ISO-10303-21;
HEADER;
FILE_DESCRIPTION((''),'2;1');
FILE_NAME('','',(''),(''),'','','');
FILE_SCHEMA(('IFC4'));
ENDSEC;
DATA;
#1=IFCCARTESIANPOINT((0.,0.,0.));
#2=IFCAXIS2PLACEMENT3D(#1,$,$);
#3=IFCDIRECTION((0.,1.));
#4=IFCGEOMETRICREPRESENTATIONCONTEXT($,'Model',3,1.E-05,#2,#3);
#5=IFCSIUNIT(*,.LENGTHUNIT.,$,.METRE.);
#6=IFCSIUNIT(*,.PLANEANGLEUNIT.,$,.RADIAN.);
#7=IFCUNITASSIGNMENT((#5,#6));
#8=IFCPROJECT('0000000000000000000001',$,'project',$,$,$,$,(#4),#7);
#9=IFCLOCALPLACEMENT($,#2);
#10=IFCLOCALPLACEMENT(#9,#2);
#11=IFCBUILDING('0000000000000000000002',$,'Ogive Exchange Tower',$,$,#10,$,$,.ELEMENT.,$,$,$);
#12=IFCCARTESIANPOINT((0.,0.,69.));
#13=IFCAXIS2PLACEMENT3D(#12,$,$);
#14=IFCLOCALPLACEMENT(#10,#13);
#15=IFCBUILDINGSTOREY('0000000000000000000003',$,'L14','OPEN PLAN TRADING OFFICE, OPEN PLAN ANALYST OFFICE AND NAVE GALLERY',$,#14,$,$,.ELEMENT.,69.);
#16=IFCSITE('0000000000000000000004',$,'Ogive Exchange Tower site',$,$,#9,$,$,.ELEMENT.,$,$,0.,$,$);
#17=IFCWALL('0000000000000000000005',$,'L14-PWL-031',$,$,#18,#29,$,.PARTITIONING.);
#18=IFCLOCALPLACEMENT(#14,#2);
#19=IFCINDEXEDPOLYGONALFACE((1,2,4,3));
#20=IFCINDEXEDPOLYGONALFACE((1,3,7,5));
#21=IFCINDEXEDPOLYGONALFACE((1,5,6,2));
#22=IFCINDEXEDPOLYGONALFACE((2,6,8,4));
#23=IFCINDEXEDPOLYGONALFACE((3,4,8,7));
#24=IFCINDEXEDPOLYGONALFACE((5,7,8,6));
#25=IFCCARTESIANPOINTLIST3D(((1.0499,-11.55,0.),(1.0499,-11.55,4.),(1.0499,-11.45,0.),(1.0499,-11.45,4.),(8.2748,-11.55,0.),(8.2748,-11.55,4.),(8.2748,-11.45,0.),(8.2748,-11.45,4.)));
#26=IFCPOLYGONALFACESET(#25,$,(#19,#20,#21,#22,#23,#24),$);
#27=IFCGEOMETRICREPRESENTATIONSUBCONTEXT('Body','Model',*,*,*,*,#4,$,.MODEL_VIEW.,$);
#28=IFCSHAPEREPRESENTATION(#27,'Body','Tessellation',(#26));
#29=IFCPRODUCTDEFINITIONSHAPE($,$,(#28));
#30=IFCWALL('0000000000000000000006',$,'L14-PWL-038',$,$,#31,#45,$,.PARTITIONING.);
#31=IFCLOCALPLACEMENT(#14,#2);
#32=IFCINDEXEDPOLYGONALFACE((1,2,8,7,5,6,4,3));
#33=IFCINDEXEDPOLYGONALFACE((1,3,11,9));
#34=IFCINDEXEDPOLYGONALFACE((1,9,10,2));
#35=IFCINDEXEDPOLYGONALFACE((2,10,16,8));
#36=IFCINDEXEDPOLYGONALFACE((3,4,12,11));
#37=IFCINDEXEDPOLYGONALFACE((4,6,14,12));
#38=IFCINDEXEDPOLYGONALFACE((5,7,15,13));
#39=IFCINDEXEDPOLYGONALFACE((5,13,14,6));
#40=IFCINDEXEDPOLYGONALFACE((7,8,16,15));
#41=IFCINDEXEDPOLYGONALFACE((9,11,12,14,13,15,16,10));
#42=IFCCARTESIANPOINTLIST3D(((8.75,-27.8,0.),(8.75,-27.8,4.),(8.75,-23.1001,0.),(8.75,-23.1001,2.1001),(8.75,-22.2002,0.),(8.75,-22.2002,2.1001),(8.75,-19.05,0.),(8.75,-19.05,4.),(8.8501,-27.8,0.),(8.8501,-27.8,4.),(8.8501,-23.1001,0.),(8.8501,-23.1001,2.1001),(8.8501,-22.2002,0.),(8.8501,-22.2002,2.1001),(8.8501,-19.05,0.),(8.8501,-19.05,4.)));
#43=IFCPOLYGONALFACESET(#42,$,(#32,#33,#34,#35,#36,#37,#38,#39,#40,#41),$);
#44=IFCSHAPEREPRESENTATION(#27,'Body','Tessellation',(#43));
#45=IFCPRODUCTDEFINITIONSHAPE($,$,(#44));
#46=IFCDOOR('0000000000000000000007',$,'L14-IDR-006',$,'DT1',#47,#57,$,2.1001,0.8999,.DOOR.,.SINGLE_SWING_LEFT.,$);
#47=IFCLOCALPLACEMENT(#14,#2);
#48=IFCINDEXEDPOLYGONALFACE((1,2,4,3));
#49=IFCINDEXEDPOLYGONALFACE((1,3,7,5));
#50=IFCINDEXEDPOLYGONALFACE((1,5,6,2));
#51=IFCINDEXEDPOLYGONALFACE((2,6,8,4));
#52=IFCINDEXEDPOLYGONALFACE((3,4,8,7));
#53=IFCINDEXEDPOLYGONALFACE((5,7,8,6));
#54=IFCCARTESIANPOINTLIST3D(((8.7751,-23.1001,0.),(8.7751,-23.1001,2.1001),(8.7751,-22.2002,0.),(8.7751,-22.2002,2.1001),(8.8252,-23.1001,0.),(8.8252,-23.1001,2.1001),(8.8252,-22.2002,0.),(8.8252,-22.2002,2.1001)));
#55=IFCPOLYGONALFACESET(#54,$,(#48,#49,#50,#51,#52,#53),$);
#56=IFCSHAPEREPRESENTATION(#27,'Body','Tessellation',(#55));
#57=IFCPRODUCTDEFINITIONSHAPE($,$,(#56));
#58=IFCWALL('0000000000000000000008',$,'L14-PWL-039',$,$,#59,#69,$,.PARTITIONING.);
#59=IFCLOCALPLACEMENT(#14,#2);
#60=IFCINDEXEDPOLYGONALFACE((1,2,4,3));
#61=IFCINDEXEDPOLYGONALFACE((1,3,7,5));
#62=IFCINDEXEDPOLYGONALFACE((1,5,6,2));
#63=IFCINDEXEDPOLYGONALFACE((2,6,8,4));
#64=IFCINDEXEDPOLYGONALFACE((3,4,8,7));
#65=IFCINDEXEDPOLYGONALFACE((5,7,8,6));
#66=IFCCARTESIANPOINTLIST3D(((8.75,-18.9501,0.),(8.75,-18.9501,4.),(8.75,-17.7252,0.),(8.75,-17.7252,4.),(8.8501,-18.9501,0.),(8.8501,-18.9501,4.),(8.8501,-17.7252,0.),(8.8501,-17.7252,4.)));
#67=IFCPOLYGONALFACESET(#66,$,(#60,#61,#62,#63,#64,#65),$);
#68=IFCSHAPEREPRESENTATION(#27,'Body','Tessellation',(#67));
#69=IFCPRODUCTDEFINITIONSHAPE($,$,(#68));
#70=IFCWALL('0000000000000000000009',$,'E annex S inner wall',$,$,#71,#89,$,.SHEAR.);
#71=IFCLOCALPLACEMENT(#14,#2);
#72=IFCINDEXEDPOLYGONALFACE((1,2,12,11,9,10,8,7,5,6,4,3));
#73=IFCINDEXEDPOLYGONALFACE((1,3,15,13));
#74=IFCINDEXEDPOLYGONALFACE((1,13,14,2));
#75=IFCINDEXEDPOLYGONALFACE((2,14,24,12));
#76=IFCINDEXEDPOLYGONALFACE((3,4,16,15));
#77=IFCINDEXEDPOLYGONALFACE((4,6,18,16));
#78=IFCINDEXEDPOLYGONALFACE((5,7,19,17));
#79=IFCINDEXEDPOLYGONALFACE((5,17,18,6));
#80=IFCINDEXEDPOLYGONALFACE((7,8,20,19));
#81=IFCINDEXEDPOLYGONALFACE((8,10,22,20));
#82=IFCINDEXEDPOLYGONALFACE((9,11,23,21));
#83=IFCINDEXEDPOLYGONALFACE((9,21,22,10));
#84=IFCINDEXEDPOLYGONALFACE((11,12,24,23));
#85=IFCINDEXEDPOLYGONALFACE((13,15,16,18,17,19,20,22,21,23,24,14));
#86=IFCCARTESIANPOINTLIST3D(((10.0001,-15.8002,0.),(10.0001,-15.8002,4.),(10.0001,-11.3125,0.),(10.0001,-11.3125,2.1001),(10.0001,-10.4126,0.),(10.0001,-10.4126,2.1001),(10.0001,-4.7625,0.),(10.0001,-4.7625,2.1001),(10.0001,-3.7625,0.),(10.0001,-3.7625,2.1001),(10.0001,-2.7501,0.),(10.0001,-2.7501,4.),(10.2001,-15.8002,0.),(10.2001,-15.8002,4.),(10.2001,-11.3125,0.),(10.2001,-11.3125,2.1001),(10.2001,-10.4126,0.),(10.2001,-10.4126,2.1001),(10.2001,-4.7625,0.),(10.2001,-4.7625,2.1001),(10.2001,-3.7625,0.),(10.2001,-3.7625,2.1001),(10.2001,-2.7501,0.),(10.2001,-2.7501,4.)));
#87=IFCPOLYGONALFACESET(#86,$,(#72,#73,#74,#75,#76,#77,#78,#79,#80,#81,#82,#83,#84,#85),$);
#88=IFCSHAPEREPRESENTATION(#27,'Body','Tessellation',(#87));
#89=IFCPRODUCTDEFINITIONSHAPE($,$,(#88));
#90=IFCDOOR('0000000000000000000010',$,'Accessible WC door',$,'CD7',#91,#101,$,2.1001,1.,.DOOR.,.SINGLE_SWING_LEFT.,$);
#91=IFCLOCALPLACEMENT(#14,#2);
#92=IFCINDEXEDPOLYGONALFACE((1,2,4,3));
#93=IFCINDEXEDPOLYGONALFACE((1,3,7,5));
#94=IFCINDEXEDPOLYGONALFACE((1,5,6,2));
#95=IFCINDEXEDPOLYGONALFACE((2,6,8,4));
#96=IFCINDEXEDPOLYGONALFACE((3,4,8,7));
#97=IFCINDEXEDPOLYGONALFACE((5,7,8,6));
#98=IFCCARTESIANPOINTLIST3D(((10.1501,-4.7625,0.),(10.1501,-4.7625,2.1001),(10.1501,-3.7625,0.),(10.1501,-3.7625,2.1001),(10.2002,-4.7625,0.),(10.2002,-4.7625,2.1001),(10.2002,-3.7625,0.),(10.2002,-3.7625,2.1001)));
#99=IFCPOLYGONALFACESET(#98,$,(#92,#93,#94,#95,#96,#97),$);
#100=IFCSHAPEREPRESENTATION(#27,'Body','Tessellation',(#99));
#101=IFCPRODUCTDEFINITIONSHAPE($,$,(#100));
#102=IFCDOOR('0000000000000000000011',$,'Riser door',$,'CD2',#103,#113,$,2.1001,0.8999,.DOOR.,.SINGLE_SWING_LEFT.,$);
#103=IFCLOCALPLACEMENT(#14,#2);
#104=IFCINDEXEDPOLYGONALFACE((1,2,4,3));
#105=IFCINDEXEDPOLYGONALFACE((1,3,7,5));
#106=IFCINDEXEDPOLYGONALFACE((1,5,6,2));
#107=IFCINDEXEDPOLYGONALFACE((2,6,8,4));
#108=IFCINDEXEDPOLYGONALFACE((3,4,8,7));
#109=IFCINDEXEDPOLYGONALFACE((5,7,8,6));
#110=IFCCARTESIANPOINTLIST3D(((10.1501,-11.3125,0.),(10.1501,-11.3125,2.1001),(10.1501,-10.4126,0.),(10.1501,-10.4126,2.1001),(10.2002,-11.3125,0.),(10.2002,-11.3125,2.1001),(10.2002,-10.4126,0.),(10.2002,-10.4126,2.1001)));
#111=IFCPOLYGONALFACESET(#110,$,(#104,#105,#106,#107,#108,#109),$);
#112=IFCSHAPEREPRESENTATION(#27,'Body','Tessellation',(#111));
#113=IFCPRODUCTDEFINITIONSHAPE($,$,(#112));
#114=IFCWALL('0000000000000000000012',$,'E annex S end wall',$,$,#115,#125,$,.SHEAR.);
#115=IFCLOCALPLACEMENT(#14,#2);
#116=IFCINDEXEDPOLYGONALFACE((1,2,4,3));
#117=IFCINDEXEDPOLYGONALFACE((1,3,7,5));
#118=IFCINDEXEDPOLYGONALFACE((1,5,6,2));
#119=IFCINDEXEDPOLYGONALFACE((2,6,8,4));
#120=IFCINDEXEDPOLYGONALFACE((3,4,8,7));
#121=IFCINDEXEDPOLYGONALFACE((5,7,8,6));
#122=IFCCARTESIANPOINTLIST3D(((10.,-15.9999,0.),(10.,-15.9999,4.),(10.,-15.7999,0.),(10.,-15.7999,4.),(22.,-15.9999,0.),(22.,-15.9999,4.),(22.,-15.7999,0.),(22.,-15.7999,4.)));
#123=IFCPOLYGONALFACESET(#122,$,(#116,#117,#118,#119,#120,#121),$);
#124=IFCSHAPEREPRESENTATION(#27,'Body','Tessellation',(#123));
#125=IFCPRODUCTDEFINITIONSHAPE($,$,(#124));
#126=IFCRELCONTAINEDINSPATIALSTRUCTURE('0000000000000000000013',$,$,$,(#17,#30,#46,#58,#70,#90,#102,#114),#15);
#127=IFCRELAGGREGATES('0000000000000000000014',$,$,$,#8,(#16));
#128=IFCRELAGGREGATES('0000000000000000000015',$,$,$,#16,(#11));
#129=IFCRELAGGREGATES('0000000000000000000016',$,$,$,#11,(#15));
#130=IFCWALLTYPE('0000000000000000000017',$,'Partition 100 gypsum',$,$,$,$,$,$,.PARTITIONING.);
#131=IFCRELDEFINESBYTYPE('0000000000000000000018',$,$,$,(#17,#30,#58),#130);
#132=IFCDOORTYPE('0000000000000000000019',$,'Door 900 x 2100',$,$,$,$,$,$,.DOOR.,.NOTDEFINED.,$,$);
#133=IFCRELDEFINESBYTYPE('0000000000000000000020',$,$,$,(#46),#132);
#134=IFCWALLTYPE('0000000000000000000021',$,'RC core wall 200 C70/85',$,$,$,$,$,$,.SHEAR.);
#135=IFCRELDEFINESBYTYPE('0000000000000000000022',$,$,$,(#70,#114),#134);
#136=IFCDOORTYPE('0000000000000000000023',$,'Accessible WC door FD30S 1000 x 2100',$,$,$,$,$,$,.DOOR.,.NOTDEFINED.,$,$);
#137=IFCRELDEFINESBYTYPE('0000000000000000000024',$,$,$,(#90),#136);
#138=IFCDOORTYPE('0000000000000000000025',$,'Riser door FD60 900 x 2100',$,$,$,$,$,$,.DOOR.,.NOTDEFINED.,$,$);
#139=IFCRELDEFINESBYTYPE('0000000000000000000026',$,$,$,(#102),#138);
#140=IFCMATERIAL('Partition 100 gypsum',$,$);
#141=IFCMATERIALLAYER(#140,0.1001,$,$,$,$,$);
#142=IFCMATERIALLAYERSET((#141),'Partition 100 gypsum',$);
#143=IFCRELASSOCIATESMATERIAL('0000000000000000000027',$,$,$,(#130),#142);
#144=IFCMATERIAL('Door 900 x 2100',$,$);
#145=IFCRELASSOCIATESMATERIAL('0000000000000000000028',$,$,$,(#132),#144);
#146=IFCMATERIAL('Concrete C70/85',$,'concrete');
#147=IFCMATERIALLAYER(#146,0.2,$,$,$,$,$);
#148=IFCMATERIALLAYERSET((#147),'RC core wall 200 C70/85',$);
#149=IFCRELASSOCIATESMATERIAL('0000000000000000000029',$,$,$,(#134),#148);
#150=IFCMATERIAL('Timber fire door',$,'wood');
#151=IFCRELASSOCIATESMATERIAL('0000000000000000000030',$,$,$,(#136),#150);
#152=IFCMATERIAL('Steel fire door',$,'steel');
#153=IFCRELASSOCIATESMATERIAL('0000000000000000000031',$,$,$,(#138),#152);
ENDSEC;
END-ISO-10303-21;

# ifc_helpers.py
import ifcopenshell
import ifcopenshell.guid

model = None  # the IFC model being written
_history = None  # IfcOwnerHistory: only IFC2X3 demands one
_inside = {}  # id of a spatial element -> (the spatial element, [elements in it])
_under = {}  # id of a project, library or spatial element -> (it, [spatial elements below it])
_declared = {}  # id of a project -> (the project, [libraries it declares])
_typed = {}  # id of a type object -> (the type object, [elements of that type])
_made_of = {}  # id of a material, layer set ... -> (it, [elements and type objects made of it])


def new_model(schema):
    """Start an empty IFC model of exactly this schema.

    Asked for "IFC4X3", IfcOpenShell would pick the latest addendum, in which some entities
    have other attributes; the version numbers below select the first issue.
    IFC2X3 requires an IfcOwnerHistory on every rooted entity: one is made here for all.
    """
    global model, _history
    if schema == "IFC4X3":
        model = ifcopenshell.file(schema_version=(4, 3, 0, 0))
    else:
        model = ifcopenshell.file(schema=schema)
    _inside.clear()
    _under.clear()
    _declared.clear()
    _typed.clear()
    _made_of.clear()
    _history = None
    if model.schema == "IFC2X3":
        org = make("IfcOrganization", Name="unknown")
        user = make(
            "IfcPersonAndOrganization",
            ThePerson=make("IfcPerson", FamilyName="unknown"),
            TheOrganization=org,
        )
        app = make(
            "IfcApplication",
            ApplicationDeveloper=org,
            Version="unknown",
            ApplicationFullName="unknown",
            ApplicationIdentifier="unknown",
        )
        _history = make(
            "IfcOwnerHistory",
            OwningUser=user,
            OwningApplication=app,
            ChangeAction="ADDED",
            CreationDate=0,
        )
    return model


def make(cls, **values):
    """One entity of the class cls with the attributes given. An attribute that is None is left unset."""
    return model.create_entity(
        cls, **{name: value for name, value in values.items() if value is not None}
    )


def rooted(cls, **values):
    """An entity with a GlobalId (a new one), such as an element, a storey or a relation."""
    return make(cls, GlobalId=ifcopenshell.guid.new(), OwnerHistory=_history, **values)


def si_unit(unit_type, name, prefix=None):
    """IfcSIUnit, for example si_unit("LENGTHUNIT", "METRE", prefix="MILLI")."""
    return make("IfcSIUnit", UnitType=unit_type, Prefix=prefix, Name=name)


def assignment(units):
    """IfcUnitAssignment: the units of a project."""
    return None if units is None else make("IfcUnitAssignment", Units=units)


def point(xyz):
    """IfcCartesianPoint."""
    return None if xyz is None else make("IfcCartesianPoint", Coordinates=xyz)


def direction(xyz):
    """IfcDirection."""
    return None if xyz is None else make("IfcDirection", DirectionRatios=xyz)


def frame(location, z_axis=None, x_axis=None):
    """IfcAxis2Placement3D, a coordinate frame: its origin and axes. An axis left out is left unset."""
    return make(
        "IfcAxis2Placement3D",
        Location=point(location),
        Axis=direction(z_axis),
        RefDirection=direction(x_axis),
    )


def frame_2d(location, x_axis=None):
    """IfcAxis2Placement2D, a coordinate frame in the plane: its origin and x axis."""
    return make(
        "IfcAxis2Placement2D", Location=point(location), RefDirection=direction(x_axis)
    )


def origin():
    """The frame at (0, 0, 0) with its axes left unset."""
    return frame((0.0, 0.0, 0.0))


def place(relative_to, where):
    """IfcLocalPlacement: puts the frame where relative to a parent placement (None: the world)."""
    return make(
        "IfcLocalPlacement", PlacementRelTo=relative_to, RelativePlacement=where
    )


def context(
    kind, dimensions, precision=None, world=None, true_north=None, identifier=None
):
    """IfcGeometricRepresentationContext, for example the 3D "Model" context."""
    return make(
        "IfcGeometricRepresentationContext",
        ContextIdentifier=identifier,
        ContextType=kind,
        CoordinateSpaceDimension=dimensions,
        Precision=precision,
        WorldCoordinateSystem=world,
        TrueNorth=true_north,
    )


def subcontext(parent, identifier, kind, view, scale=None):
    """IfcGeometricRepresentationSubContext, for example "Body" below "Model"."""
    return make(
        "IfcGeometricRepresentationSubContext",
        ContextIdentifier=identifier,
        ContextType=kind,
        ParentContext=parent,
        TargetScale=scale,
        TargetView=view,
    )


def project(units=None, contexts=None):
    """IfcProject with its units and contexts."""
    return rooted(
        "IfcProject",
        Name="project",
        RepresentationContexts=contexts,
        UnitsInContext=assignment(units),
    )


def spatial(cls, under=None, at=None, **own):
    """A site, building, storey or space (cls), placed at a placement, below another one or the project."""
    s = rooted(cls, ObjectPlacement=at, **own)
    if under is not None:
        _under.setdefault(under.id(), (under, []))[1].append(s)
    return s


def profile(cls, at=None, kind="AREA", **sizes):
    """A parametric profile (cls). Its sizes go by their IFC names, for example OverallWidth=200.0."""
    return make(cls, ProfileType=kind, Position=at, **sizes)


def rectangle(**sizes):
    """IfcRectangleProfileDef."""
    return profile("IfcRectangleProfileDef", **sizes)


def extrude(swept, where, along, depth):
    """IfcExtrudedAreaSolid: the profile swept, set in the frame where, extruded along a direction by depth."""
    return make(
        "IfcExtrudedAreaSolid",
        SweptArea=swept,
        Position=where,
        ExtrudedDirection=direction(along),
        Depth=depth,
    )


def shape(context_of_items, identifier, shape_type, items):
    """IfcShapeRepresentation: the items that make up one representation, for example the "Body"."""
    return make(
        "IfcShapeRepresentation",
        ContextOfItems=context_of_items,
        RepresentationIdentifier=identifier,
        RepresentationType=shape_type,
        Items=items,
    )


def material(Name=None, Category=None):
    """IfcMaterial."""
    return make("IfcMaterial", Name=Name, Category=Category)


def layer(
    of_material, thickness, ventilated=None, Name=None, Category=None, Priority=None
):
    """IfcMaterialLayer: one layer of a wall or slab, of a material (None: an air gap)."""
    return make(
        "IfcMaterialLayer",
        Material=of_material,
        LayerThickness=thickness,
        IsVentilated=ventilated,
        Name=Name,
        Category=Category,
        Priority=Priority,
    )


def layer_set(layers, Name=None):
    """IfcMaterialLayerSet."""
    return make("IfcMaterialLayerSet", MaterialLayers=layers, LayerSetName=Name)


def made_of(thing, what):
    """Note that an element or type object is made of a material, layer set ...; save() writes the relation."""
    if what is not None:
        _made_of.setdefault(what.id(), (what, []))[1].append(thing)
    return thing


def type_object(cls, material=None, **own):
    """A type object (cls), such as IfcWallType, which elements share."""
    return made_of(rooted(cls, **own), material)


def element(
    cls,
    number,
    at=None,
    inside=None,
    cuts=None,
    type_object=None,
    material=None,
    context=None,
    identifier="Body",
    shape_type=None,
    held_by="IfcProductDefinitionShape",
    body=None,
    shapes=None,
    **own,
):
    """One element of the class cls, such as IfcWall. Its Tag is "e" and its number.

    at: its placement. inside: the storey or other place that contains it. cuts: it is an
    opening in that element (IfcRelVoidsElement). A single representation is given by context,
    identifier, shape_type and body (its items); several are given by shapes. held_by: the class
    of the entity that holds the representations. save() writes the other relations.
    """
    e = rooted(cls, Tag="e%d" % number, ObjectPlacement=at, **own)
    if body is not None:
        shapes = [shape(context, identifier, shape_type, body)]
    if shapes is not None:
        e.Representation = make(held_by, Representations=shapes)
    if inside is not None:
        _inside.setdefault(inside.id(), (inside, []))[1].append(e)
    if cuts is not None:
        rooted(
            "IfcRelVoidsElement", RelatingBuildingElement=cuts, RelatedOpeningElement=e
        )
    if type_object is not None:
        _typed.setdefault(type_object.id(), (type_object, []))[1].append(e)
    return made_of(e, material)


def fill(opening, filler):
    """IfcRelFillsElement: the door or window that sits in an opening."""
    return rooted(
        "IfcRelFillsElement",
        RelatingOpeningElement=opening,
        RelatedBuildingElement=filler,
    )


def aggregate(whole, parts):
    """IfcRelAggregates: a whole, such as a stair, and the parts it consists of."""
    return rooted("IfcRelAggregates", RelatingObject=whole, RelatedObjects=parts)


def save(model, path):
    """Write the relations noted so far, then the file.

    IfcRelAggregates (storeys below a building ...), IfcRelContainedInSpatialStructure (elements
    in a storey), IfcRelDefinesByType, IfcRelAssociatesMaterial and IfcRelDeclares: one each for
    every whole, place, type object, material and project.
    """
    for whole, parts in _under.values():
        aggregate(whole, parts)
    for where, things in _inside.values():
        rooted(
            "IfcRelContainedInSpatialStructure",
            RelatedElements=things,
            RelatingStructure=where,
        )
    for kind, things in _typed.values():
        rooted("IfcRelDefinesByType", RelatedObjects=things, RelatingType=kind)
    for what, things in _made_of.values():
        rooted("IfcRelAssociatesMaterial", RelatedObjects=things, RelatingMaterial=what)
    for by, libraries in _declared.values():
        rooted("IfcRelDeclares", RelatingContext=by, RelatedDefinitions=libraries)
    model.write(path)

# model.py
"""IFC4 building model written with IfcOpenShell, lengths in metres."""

from ifc_helpers import new_model, si_unit, direction, frame, frame_2d, origin, place, context, subcontext, project, spatial, rectangle, extrude, material, layer, layer_set, type_object, element, fill, save


model = new_model("IFC4")

# Units and contexts
model_context = context("Model", 3, precision=1e-05, world=origin(), true_north=direction((0.0, 1.0)))
body_context = subcontext(model_context, "Body", "Model", "MODEL_VIEW")
ifc_project = project(units=[si_unit("LENGTHUNIT", "METRE"), si_unit("PLANEANGLEUNIT", "RADIAN")], contexts=[model_context])

# Site, building, storey
site_placement = place(None, origin())
site = spatial("IfcSite", under=ifc_project, at=site_placement, Name="Ogive Exchange Tower site", CompositionType="ELEMENT", RefElevation=0.0)
building_placement = place(site_placement, origin())
building = spatial("IfcBuilding", under=site, at=building_placement, Name="Ogive Exchange Tower", CompositionType="ELEMENT")
storey_placement = place(building_placement, frame((0.0, 0.0, 69.0)))
storey = spatial("IfcBuildingStorey", under=building, at=storey_placement, Name="L14", Description="OPEN PLAN TRADING OFFICE, OPEN PLAN ANALYST OFFICE AND NAVE GALLERY", CompositionType="ELEMENT", Elevation=69.0)

# Wall
ifc_material_1 = material(Name="Partition 100 gypsum")
ifc_layer_1 = layer(ifc_material_1, 0.1001)
ifc_layer_set_1 = layer_set([ifc_layer_1], Name="Partition 100 gypsum")
wall_type_1 = type_object("IfcWallType", Name="Partition 100 gypsum", PredefinedType="PARTITIONING", material=ifc_layer_set_1)
wall_1_placement = place(storey_placement, frame((1.05, -11.5, 0.0), z_axis=(0.0, 0.0, 1.0), x_axis=(1.0, 0.0, 0.0)))
element("IfcWall", 1, at=wall_1_placement, inside=storey, type_object=wall_type_1, Name="L14-PWL-031", PredefinedType="PARTITIONING", context=body_context, shape_type="SweptSolid", body=[
    extrude(rectangle(XDim=7.2249, YDim=0.1001, at=frame_2d((3.6123, 0.0))), origin(), (0.0, 0.0, 1.0), 4.0),
])

# Wall, opening, door
wall_2_placement = place(storey_placement, frame((8.8, -27.8, 0.0), z_axis=(0.0, 0.0, 1.0), x_axis=(0.0, 1.0, 0.0)))
wall_2 = element("IfcWall", 2, at=wall_2_placement, inside=storey, type_object=wall_type_1, Name="L14-PWL-038", PredefinedType="PARTITIONING", context=body_context, shape_type="SweptSolid", body=[
    extrude(rectangle(XDim=8.75, YDim=0.1001, at=frame_2d((4.375, 0.0))), origin(), (0.0, 0.0, 1.0), 4.0),
])
opening_1_placement = place(wall_2_placement, frame((4.7, 0.0, 0.0)))
opening_1 = element("IfcOpeningElement", 3, at=opening_1_placement, cuts=wall_2, PredefinedType="OPENING", context=body_context, shape_type="SweptSolid", body=[
    extrude(rectangle(XDim=0.8999, YDim=2.1001, at=frame_2d((0.45, 1.05))), frame((0.0, 0.0601, 0.0), z_axis=(0.0, -1.0, 0.0), x_axis=(1.0, 0.0, 0.0)), (0.0, 0.0, 1.0), 0.1201),
])
ifc_material_2 = material(Name="Door 900 x 2100")
door_type_1 = type_object("IfcDoorType", Name="Door 900 x 2100", OperationType="NOTDEFINED", PredefinedType="DOOR", material=ifc_material_2)
door_1_placement = place(opening_1_placement, origin())
door_1 = element("IfcDoor", 4, at=door_1_placement, inside=storey, type_object=door_type_1, Name="L14-IDR-006", ObjectType="DT1", OperationType="SINGLE_SWING_LEFT", OverallHeight=2.1001, OverallWidth=0.8999, PredefinedType="DOOR", context=body_context, shape_type="SweptSolid", body=[
    extrude(rectangle(XDim=0.8999, YDim=2.1001, at=frame_2d((0.45, 1.05))), frame((0.0, 0.0249, 0.0), z_axis=(0.0, -1.0, 0.0), x_axis=(1.0, 0.0, 0.0)), (0.0, 0.0, 1.0), 0.05),
])
fill(opening_1, door_1)

# Wall
wall_3_placement = place(storey_placement, frame((8.8, -18.95, 0.0), z_axis=(0.0, 0.0, 1.0), x_axis=(0.0, 1.0, 0.0)))
element("IfcWall", 5, at=wall_3_placement, inside=storey, type_object=wall_type_1, Name="L14-PWL-039", PredefinedType="PARTITIONING", context=body_context, shape_type="SweptSolid", body=[
    extrude(rectangle(XDim=1.2249, YDim=0.1001, at=frame_2d((0.6123, 0.0))), origin(), (0.0, 0.0, 1.0), 4.0),
])

# Wall, openings, doors
ifc_material_3 = material(Name="Concrete C70/85", Category="concrete")
ifc_layer_2 = layer(ifc_material_3, 0.2)
ifc_layer_set_2 = layer_set([ifc_layer_2], Name="RC core wall 200 C70/85")
wall_type_2 = type_object("IfcWallType", Name="RC core wall 200 C70/85", PredefinedType="SHEAR", material=ifc_layer_set_2)
wall_4_placement = place(storey_placement, frame((10.1001, -15.8, 0.0), z_axis=(0.0, 0.0, 1.0), x_axis=(0.0, 1.0, 0.0)))
wall_4 = element("IfcWall", 6, at=wall_4_placement, inside=storey, type_object=wall_type_2, Name="E annex S inner wall", PredefinedType="SHEAR", context=body_context, shape_type="SweptSolid", body=[
    extrude(rectangle(XDim=13.05, YDim=0.2, at=frame_2d((6.5249, 0.0))), origin(), (0.0, 0.0, 1.0), 4.0),
])
opening_2_placement = place(wall_4_placement, frame((4.4875, 0.0, 0.0)))
opening_2 = element("IfcOpeningElement", 7, at=opening_2_placement, cuts=wall_4, PredefinedType="OPENING", context=body_context, shape_type="SweptSolid", body=[
    extrude(rectangle(XDim=0.8999, YDim=2.1001, at=frame_2d((0.45, 1.05))), frame((0.0, 0.1099, 0.0), z_axis=(0.0, -1.0, 0.0), x_axis=(1.0, 0.0, 0.0)), (0.0, 0.0, 1.0), 0.22),
])
opening_3_placement = place(wall_4_placement, frame((11.0376, 0.0, 0.0)))
opening_3 = element("IfcOpeningElement", 8, at=opening_3_placement, cuts=wall_4, PredefinedType="OPENING", context=body_context, shape_type="SweptSolid", body=[
    extrude(rectangle(XDim=1.0, YDim=2.1001, at=frame_2d((0.5, 1.05))), frame((0.0, 0.1099, 0.0), z_axis=(0.0, -1.0, 0.0), x_axis=(1.0, 0.0, 0.0)), (0.0, 0.0, 1.0), 0.22),
])
ifc_material_4 = material(Name="Timber fire door", Category="wood")
door_type_2 = type_object("IfcDoorType", Name="Accessible WC door FD30S 1000 x 2100", OperationType="NOTDEFINED", PredefinedType="DOOR", material=ifc_material_4)
door_2_placement = place(opening_3_placement, frame((1.0, -0.1499, 0.0), z_axis=(0.0, 0.0, 1.0), x_axis=(-1.0, 0.0, 0.0)))
door_2 = element("IfcDoor", 9, at=door_2_placement, inside=storey, type_object=door_type_2, Name="Accessible WC door", ObjectType="CD7", OperationType="SINGLE_SWING_LEFT", OverallHeight=2.1001, OverallWidth=1.0, PredefinedType="DOOR", context=body_context, shape_type="SweptSolid", body=[
    extrude(rectangle(XDim=1.0, YDim=2.1001, at=frame_2d((0.5, 1.05))), frame((0.0, -0.0498, 0.0), z_axis=(0.0, -1.0, 0.0), x_axis=(1.0, 0.0, 0.0)), (0.0, 0.0, 1.0), 0.05),
])
fill(opening_3, door_2)
ifc_material_5 = material(Name="Steel fire door", Category="steel")
door_type_3 = type_object("IfcDoorType", Name="Riser door FD60 900 x 2100", OperationType="NOTDEFINED", PredefinedType="DOOR", material=ifc_material_5)
door_3_placement = place(opening_2_placement, frame((0.8999, -0.1499, 0.0), z_axis=(0.0, 0.0, 1.0), x_axis=(-1.0, 0.0, 0.0)))
door_3 = element("IfcDoor", 10, at=door_3_placement, inside=storey, type_object=door_type_3, Name="Riser door", ObjectType="CD2", OperationType="SINGLE_SWING_LEFT", OverallHeight=2.1001, OverallWidth=0.8999, PredefinedType="DOOR", context=body_context, shape_type="SweptSolid", body=[
    extrude(rectangle(XDim=0.8999, YDim=2.1001, at=frame_2d((0.45, 1.05))), frame((0.0, -0.0498, 0.0), z_axis=(0.0, -1.0, 0.0), x_axis=(1.0, 0.0, 0.0)), (0.0, 0.0, 1.0), 0.05),
])
fill(opening_2, door_3)

# Wall
wall_5_placement = place(storey_placement, frame((10.0, -15.8999, 0.0), z_axis=(0.0, 0.0, 1.0), x_axis=(1.0, 0.0, 0.0)))
element("IfcWall", 11, at=wall_5_placement, inside=storey, type_object=wall_type_2, Name="E annex S end wall", PredefinedType="SHEAR", context=body_context, shape_type="SweptSolid", body=[
    extrude(rectangle(XDim=12.0, YDim=0.2, at=frame_2d((6.0, 0.0))), origin(), (0.0, 0.0, 1.0), 4.0),
])

save(model, "model.ifc")
